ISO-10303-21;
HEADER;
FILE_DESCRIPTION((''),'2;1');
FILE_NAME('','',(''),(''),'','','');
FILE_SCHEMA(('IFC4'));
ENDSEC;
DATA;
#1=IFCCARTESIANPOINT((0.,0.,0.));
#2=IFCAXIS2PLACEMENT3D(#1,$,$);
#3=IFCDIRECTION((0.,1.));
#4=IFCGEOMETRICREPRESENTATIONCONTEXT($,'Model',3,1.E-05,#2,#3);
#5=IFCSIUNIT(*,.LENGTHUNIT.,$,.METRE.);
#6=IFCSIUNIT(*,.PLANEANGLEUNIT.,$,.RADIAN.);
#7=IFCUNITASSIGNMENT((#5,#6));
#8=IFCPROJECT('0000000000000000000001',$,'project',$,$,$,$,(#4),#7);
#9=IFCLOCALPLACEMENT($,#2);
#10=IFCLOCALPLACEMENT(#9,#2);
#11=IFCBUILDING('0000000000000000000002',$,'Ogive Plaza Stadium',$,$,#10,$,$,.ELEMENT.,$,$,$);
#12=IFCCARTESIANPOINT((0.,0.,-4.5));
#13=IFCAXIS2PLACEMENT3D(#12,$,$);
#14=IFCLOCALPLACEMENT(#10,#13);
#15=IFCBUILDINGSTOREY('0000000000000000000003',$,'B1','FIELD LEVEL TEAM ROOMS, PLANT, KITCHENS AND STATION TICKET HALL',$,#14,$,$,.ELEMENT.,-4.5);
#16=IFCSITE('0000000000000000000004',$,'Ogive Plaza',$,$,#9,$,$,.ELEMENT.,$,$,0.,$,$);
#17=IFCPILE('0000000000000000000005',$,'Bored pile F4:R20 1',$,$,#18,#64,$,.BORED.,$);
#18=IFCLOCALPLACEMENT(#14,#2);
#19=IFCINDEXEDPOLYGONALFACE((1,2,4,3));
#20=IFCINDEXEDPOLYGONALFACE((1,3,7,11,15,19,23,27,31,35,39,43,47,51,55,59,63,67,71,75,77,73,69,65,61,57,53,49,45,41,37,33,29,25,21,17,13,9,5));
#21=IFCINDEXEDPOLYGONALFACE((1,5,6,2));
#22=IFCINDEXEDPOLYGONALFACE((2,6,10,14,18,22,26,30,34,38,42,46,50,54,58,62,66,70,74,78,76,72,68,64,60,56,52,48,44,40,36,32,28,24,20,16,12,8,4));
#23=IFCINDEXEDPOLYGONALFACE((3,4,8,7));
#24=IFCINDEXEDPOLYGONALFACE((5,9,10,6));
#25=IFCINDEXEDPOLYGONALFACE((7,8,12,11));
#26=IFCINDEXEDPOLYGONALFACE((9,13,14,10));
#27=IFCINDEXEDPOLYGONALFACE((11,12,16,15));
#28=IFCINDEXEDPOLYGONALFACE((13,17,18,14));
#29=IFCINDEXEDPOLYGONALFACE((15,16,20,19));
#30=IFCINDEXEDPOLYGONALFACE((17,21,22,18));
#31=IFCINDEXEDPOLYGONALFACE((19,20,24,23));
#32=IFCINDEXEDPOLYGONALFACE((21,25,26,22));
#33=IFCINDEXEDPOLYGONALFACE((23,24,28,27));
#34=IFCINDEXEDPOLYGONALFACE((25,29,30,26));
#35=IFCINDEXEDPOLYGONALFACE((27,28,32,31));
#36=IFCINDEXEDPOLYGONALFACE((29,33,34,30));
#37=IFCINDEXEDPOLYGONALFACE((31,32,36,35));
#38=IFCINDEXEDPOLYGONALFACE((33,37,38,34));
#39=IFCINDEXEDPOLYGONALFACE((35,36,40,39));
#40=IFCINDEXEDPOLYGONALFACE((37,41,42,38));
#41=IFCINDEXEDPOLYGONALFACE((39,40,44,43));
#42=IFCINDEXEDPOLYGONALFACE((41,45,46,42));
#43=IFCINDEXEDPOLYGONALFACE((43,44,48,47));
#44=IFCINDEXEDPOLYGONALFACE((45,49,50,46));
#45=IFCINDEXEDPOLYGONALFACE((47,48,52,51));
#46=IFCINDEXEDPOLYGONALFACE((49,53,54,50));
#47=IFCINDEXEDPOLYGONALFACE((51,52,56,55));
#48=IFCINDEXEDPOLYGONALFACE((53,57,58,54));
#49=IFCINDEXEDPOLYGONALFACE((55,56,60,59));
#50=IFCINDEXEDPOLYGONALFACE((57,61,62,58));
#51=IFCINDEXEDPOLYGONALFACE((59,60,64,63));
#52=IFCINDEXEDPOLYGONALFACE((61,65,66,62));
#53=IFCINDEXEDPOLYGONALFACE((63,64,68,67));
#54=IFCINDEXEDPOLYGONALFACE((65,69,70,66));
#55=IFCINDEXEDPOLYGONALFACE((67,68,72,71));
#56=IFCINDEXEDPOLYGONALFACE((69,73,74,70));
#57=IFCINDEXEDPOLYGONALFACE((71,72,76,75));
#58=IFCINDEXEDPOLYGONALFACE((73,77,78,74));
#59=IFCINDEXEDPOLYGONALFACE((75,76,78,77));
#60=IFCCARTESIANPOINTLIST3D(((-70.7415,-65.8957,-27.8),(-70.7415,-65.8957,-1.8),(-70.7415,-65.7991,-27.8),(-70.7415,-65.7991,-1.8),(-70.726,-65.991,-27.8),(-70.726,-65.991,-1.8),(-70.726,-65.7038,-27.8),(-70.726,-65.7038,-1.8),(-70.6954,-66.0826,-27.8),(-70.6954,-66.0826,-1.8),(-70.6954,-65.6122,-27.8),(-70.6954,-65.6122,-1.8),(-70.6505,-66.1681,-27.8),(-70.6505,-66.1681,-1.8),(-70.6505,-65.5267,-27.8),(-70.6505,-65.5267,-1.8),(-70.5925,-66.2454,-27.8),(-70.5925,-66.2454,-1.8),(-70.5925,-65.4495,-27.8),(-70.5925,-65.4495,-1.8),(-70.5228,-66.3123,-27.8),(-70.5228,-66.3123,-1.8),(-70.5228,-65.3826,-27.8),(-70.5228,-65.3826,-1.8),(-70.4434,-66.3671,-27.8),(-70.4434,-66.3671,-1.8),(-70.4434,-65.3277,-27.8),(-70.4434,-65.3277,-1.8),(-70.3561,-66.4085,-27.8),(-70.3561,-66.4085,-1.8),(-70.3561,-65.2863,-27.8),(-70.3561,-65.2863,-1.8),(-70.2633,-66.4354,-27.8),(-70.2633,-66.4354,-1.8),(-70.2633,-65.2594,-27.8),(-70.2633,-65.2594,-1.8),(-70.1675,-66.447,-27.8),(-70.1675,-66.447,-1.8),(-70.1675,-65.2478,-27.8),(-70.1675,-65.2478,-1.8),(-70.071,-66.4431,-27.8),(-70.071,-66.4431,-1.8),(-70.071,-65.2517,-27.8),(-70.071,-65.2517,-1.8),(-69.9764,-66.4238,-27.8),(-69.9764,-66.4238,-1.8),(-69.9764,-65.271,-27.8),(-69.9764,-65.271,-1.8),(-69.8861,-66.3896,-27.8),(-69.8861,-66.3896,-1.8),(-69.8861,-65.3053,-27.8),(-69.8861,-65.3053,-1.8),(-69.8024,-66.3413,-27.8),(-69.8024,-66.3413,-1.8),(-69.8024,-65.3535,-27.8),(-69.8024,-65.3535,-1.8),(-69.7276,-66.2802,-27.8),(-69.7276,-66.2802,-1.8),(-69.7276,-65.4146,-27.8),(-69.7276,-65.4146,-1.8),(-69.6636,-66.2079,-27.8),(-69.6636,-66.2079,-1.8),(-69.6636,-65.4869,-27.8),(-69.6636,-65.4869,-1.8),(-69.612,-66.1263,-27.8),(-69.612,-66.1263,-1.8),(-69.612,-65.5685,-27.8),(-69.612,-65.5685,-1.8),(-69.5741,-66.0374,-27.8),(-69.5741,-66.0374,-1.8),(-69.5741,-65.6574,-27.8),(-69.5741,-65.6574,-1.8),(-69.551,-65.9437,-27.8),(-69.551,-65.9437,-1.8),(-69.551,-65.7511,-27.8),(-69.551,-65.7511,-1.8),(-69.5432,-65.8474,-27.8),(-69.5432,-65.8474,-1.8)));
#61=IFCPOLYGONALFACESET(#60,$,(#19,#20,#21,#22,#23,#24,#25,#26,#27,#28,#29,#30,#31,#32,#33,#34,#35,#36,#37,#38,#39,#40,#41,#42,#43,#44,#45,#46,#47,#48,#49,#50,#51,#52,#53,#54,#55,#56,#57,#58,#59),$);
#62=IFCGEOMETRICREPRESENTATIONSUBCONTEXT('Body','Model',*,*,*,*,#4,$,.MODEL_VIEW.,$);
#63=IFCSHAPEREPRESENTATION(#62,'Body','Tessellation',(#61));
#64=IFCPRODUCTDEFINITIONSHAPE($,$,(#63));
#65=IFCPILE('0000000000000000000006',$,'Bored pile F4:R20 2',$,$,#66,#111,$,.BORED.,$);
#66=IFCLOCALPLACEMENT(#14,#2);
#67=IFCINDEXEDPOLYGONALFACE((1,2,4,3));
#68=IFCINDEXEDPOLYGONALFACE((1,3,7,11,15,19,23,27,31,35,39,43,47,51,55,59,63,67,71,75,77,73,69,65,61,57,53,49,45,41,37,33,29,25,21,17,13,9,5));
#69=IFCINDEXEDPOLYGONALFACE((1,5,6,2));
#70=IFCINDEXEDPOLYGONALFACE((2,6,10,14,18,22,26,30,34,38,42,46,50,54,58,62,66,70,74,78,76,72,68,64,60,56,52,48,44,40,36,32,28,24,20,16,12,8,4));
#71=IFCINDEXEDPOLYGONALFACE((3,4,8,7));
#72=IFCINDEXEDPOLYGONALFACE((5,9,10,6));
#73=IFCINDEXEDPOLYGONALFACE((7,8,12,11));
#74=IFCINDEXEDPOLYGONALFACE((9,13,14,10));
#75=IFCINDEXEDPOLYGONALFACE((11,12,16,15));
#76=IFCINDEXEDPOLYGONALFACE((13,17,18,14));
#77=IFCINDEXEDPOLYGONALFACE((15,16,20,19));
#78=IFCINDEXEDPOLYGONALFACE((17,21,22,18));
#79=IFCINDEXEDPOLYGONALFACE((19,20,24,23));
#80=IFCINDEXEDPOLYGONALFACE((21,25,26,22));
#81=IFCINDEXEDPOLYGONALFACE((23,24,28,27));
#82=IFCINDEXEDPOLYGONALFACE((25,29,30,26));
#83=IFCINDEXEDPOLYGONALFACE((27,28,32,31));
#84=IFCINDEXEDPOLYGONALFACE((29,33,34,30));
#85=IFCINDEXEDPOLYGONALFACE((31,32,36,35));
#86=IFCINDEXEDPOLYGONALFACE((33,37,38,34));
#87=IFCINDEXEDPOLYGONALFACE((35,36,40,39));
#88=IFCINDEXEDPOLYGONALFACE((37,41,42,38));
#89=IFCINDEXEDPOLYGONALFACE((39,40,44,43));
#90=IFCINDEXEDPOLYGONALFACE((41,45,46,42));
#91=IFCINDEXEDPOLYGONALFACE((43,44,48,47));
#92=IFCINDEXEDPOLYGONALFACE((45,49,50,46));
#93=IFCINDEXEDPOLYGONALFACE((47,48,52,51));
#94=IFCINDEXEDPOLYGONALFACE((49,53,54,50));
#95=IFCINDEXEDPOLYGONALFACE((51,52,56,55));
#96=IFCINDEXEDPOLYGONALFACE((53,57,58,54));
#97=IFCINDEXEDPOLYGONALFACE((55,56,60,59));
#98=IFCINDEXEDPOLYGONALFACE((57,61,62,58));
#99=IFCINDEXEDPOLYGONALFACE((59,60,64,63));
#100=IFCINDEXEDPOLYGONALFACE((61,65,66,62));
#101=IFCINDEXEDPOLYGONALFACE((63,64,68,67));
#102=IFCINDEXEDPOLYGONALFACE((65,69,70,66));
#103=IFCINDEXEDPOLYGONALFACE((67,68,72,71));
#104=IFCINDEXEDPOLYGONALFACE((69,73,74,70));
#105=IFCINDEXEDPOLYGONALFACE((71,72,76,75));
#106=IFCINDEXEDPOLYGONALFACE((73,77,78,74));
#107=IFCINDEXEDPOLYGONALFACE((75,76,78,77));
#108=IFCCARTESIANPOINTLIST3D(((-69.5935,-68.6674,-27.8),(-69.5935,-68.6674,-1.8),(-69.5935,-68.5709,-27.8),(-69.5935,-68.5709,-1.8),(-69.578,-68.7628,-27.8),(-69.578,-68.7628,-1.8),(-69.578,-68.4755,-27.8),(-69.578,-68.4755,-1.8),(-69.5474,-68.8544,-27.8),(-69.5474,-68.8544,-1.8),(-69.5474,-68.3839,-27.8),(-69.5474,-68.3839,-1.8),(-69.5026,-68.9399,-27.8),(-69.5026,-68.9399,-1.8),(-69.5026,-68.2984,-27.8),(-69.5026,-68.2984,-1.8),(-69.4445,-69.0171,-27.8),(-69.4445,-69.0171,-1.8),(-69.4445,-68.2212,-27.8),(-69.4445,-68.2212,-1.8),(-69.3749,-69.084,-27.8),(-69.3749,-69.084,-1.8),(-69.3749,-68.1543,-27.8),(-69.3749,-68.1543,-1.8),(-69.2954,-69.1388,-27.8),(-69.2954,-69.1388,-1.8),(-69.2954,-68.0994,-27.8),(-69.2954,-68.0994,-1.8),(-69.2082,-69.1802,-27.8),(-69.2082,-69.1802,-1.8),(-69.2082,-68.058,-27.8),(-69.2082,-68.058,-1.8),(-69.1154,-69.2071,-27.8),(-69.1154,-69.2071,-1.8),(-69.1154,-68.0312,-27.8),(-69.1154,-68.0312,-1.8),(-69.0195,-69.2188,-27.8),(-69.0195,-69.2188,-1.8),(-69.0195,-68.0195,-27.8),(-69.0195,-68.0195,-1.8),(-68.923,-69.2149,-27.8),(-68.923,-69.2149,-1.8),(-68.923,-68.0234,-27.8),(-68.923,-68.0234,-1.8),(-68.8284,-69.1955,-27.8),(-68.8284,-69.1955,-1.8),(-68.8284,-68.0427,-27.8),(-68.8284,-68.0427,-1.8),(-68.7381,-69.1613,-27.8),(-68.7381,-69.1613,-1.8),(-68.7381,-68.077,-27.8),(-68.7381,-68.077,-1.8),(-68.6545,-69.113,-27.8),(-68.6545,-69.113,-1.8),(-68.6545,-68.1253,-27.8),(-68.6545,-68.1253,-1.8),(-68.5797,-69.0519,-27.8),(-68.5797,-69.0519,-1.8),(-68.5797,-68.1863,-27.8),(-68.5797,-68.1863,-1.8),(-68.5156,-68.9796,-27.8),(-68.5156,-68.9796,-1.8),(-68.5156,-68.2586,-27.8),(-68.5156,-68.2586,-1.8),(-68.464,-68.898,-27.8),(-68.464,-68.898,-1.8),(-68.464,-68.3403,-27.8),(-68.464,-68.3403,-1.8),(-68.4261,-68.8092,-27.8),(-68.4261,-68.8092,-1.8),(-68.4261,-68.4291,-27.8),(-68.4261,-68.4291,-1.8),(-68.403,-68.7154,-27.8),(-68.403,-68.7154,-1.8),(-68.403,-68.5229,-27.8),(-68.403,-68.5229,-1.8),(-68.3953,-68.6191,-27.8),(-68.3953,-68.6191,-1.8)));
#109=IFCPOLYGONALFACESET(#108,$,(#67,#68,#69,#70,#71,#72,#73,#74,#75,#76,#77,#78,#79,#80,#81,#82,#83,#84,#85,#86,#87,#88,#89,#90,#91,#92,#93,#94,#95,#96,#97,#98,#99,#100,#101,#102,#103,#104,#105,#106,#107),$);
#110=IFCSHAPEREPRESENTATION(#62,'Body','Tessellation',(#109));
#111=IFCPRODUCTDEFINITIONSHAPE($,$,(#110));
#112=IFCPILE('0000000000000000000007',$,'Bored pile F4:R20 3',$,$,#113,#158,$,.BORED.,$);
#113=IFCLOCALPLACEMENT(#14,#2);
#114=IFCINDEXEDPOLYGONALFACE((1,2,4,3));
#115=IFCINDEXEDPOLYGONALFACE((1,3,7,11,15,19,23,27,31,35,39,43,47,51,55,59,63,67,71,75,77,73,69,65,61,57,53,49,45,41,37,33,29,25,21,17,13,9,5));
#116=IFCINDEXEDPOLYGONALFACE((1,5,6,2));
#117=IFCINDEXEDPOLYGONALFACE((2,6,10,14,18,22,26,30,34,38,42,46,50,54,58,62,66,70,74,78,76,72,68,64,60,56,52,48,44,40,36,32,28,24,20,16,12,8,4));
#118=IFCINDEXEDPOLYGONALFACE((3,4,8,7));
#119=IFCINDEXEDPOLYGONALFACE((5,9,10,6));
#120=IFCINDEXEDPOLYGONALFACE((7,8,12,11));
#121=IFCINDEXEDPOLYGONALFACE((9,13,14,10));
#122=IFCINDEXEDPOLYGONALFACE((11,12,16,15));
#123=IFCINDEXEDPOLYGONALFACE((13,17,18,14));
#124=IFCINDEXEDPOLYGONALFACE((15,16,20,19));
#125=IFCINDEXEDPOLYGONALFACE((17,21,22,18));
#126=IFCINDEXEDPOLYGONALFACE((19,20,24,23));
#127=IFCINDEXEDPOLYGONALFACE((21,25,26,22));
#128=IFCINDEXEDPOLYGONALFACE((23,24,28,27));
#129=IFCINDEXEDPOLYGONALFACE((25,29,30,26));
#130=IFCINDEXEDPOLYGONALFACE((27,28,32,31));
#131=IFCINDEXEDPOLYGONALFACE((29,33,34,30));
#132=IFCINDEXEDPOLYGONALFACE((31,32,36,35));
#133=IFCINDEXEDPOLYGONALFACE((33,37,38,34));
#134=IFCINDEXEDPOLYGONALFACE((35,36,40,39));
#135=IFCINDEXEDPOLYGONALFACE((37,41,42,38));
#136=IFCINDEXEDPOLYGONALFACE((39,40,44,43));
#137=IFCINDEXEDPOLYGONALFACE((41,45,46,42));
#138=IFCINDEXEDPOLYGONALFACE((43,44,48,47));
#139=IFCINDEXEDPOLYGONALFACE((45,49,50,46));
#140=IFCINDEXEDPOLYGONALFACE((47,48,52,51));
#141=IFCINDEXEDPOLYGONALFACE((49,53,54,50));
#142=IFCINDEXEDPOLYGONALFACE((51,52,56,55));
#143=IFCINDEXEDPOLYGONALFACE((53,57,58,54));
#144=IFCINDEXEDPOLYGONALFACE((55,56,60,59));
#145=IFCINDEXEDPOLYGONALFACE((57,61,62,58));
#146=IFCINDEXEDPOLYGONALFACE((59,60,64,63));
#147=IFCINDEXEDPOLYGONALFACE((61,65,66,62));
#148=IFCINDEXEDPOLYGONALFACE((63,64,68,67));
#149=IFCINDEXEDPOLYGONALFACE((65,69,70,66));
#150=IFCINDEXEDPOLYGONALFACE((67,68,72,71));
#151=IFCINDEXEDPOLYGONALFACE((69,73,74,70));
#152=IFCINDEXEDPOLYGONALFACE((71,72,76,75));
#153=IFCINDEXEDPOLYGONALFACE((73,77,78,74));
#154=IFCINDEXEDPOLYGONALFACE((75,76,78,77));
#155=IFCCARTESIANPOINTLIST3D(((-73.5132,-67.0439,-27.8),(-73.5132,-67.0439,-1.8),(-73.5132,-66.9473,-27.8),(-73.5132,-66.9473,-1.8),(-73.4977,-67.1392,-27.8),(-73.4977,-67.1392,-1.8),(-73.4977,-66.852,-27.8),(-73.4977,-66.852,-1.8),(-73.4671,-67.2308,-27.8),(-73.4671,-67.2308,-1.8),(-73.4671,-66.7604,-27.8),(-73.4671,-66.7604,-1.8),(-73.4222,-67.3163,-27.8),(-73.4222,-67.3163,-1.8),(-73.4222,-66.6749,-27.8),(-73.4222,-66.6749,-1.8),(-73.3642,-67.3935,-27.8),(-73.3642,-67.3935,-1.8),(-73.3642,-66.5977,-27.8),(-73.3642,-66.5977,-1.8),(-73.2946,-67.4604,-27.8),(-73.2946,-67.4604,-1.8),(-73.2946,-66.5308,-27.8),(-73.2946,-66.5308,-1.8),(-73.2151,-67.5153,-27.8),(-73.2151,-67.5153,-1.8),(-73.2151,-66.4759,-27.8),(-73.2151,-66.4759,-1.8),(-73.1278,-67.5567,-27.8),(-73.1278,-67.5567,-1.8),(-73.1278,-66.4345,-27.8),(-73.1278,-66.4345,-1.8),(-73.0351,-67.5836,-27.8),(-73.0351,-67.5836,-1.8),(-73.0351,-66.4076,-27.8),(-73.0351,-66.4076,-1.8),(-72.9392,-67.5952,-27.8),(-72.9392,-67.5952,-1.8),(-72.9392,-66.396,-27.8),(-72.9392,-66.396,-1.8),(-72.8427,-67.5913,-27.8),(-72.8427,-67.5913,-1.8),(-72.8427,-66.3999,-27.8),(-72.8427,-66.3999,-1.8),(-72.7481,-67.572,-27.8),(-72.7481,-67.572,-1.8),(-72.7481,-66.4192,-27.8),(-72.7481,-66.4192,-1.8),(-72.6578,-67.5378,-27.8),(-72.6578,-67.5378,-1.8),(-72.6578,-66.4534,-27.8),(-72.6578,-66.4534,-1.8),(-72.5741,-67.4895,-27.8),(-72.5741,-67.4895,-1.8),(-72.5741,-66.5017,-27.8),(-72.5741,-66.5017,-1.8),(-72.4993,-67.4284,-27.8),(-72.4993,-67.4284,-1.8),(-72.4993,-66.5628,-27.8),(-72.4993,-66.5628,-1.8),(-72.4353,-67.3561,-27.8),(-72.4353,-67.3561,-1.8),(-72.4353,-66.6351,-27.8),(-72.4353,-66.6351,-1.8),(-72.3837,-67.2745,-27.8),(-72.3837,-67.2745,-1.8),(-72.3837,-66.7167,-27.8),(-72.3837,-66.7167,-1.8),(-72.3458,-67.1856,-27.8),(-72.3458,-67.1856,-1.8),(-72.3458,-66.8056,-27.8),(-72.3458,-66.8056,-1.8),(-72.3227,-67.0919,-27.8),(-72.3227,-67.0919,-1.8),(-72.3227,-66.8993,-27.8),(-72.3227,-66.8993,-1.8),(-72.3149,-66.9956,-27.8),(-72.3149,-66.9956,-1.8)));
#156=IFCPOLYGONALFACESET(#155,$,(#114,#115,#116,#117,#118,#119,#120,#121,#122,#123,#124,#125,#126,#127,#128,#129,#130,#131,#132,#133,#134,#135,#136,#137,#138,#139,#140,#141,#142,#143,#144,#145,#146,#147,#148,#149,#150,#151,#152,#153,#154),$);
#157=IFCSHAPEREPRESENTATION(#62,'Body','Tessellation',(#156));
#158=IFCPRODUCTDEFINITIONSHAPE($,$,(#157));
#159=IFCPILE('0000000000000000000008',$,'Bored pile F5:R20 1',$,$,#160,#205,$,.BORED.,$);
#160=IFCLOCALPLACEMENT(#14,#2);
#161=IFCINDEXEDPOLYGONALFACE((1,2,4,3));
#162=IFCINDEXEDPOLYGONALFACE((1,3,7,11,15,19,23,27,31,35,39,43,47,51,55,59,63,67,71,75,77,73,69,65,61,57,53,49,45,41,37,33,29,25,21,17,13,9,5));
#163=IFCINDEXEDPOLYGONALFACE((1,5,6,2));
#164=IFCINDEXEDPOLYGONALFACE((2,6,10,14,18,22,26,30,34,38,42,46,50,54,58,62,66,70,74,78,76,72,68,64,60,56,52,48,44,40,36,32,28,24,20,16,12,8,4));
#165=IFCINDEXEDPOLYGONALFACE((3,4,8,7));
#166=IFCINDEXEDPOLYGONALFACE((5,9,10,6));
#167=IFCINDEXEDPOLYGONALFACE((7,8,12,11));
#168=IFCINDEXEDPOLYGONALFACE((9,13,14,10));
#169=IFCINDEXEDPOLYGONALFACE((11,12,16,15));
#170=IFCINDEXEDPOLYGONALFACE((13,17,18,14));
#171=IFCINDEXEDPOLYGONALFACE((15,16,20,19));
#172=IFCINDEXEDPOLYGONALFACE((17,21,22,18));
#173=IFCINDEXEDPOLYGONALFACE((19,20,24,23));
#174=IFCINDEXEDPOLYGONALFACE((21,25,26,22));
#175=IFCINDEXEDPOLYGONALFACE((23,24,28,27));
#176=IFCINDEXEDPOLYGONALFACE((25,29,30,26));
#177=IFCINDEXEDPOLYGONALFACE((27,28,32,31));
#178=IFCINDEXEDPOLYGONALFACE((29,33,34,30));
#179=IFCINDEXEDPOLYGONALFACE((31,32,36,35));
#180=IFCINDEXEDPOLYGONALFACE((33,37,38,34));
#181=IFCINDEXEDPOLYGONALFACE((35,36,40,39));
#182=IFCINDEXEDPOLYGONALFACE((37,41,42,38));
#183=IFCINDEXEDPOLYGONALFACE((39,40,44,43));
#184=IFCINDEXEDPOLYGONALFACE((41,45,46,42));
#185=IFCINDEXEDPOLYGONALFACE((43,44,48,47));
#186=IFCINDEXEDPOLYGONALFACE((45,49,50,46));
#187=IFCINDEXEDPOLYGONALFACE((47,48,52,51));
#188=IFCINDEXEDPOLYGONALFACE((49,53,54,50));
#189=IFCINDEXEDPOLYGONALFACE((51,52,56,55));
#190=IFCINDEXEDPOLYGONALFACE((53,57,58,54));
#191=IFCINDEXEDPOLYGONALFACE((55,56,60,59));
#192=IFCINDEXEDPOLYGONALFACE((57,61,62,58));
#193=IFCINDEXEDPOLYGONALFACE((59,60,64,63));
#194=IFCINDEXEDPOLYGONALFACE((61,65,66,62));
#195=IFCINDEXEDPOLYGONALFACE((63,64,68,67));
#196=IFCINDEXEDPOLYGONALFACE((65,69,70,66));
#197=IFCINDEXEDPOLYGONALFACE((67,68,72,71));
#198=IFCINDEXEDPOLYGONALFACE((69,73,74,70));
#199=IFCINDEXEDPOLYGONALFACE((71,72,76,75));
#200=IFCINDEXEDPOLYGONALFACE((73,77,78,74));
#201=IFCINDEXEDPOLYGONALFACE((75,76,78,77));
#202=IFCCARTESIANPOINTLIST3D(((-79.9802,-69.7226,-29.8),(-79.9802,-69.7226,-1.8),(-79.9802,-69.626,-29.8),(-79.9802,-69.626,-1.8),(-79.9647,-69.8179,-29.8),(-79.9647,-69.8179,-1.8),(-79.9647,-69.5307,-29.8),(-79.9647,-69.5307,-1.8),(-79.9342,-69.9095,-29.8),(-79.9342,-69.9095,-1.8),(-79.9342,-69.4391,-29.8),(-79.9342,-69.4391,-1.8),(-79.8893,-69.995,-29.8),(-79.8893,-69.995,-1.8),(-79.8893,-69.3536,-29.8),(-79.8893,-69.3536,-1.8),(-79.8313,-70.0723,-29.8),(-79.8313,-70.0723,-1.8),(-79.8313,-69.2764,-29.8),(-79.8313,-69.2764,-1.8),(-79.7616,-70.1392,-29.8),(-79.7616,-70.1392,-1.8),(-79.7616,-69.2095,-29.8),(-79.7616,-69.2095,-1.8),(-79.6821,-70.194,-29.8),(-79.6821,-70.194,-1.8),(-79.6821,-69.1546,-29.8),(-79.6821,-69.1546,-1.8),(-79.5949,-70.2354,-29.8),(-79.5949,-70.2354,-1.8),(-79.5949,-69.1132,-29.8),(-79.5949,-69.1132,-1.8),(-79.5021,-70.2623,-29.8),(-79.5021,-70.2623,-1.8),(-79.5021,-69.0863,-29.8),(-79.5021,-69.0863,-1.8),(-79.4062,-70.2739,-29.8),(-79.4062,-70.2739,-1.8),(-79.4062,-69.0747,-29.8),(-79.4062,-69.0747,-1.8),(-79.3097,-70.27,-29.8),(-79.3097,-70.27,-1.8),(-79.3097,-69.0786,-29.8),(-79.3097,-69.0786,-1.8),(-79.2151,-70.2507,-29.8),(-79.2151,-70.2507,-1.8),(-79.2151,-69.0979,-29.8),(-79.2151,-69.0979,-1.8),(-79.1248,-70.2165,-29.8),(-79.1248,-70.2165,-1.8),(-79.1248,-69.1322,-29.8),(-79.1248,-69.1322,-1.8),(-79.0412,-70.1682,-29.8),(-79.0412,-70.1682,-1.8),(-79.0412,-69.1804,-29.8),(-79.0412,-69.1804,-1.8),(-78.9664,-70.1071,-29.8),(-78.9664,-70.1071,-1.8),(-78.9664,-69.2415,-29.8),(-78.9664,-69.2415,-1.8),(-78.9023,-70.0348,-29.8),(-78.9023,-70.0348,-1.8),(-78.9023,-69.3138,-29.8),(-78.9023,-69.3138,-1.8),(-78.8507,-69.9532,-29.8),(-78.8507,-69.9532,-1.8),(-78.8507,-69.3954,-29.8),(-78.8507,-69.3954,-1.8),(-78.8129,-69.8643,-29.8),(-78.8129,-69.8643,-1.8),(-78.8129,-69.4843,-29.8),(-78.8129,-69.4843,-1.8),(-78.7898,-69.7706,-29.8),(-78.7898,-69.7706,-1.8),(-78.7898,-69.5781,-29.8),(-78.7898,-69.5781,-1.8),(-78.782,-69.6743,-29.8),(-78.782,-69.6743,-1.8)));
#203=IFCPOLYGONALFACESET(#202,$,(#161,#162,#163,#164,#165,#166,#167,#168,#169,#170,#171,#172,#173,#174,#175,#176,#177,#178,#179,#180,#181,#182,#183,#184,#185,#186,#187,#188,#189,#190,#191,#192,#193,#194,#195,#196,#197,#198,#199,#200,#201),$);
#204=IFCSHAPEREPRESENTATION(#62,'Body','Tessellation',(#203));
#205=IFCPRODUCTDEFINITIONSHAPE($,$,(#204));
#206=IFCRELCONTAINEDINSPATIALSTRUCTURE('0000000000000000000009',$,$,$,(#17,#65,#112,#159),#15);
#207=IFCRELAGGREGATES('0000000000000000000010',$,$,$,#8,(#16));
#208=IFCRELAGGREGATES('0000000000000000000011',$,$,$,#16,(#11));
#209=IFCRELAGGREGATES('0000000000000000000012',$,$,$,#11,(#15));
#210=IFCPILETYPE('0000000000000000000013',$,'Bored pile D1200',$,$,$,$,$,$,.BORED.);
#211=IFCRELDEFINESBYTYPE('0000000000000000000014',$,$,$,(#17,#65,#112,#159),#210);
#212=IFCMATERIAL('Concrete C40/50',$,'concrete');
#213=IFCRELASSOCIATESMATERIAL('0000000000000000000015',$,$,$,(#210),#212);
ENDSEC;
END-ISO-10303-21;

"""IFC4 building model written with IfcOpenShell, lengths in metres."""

from ifc_helpers import new_model, si_unit, direction, frame, origin, origin_2d, place, context, subcontext, project, spatial, circle, extrude, material, material_profile, profile_set, type_object, element, save


model = new_model("IFC4")

# Units and contexts
model_context = context("Model", 3, precision=1e-05, world=origin(), true_north=direction((0.0, 1.0)))
body_context = subcontext(model_context, "Body", "Model", "MODEL_VIEW")
ifc_project = project(units=[si_unit("LENGTHUNIT", "METRE"), si_unit("PLANEANGLEUNIT", "RADIAN")], contexts=[model_context])

# Site, building, storey
site_placement = place(None, origin())
site = spatial("IfcSite", under=ifc_project, at=site_placement, Name="Ogive Plaza", CompositionType="ELEMENT", RefElevation=0.0)
building_placement = place(site_placement, origin())
building = spatial("IfcBuilding", under=site, at=building_placement, Name="Ogive Plaza Stadium", CompositionType="ELEMENT")
storey_placement = place(building_placement, frame((0.0, 0.0, -4.5)))
storey = spatial("IfcBuildingStorey", under=building, at=storey_placement, Name="B1", Description="FIELD LEVEL TEAM ROOMS, PLANT, KITCHENS AND STATION TICKET HALL", CompositionType="ELEMENT", Elevation=-4.5)

# Piles
ifc_material_1 = material(Name="Concrete C40/50", Category="concrete")
ifc_material_profile_1 = material_profile(ifc_material_1, circle(Radius=0.6001, at=origin_2d()), Name="RC D1200")
ifc_profile_set_1 = profile_set([ifc_material_profile_1], Name="Concrete C40/50")
pile_type_1 = type_object("IfcPileType", Name="Bored pile D1200", PredefinedType="BORED", material=ifc_profile_set_1)
for number, where, z_axis, x_axis, name in (
    (1, (-70.1433, -65.8474, -1.8), (0.0, 0.0, -1.0), (1.0, 0.0, 0.0), "Bored pile F4:R20 1"),
    (2, (-68.9954, -68.6191, -1.8), (0.0, 0.0, -1.0), (1.0, 0.0, 0.0), "Bored pile F4:R20 2"),
    (3, (-72.915, -66.9956, -1.8), (0.0, 0.0, -1.0), (1.0, 0.0, 0.0), "Bored pile F4:R20 3"),
):
    element("IfcPile", number, at=place(storey_placement, frame(where, z_axis=z_axis, x_axis=x_axis)), inside=storey, type_object=pile_type_1, Name=name, PredefinedType="BORED", context=body_context, shape_type="SweptSolid", body=[
        extrude(circle(Radius=0.6001, at=origin_2d()), origin(), (0.0, 0.0, 1.0), 26.0),
    ])
pile_1_placement = place(storey_placement, frame((-79.3821, -69.6743, -1.8), z_axis=(0.0, 0.0, -1.0), x_axis=(1.0, 0.0, 0.0)))
element("IfcPile", 4, at=pile_1_placement, inside=storey, type_object=pile_type_1, Name="Bored pile F5:R20 1", PredefinedType="BORED", context=body_context, shape_type="SweptSolid", body=[
    extrude(circle(Radius=0.6001, at=origin_2d()), origin(), (0.0, 0.0, 1.0), 28.0),
])

save(model, "model.ifc")
